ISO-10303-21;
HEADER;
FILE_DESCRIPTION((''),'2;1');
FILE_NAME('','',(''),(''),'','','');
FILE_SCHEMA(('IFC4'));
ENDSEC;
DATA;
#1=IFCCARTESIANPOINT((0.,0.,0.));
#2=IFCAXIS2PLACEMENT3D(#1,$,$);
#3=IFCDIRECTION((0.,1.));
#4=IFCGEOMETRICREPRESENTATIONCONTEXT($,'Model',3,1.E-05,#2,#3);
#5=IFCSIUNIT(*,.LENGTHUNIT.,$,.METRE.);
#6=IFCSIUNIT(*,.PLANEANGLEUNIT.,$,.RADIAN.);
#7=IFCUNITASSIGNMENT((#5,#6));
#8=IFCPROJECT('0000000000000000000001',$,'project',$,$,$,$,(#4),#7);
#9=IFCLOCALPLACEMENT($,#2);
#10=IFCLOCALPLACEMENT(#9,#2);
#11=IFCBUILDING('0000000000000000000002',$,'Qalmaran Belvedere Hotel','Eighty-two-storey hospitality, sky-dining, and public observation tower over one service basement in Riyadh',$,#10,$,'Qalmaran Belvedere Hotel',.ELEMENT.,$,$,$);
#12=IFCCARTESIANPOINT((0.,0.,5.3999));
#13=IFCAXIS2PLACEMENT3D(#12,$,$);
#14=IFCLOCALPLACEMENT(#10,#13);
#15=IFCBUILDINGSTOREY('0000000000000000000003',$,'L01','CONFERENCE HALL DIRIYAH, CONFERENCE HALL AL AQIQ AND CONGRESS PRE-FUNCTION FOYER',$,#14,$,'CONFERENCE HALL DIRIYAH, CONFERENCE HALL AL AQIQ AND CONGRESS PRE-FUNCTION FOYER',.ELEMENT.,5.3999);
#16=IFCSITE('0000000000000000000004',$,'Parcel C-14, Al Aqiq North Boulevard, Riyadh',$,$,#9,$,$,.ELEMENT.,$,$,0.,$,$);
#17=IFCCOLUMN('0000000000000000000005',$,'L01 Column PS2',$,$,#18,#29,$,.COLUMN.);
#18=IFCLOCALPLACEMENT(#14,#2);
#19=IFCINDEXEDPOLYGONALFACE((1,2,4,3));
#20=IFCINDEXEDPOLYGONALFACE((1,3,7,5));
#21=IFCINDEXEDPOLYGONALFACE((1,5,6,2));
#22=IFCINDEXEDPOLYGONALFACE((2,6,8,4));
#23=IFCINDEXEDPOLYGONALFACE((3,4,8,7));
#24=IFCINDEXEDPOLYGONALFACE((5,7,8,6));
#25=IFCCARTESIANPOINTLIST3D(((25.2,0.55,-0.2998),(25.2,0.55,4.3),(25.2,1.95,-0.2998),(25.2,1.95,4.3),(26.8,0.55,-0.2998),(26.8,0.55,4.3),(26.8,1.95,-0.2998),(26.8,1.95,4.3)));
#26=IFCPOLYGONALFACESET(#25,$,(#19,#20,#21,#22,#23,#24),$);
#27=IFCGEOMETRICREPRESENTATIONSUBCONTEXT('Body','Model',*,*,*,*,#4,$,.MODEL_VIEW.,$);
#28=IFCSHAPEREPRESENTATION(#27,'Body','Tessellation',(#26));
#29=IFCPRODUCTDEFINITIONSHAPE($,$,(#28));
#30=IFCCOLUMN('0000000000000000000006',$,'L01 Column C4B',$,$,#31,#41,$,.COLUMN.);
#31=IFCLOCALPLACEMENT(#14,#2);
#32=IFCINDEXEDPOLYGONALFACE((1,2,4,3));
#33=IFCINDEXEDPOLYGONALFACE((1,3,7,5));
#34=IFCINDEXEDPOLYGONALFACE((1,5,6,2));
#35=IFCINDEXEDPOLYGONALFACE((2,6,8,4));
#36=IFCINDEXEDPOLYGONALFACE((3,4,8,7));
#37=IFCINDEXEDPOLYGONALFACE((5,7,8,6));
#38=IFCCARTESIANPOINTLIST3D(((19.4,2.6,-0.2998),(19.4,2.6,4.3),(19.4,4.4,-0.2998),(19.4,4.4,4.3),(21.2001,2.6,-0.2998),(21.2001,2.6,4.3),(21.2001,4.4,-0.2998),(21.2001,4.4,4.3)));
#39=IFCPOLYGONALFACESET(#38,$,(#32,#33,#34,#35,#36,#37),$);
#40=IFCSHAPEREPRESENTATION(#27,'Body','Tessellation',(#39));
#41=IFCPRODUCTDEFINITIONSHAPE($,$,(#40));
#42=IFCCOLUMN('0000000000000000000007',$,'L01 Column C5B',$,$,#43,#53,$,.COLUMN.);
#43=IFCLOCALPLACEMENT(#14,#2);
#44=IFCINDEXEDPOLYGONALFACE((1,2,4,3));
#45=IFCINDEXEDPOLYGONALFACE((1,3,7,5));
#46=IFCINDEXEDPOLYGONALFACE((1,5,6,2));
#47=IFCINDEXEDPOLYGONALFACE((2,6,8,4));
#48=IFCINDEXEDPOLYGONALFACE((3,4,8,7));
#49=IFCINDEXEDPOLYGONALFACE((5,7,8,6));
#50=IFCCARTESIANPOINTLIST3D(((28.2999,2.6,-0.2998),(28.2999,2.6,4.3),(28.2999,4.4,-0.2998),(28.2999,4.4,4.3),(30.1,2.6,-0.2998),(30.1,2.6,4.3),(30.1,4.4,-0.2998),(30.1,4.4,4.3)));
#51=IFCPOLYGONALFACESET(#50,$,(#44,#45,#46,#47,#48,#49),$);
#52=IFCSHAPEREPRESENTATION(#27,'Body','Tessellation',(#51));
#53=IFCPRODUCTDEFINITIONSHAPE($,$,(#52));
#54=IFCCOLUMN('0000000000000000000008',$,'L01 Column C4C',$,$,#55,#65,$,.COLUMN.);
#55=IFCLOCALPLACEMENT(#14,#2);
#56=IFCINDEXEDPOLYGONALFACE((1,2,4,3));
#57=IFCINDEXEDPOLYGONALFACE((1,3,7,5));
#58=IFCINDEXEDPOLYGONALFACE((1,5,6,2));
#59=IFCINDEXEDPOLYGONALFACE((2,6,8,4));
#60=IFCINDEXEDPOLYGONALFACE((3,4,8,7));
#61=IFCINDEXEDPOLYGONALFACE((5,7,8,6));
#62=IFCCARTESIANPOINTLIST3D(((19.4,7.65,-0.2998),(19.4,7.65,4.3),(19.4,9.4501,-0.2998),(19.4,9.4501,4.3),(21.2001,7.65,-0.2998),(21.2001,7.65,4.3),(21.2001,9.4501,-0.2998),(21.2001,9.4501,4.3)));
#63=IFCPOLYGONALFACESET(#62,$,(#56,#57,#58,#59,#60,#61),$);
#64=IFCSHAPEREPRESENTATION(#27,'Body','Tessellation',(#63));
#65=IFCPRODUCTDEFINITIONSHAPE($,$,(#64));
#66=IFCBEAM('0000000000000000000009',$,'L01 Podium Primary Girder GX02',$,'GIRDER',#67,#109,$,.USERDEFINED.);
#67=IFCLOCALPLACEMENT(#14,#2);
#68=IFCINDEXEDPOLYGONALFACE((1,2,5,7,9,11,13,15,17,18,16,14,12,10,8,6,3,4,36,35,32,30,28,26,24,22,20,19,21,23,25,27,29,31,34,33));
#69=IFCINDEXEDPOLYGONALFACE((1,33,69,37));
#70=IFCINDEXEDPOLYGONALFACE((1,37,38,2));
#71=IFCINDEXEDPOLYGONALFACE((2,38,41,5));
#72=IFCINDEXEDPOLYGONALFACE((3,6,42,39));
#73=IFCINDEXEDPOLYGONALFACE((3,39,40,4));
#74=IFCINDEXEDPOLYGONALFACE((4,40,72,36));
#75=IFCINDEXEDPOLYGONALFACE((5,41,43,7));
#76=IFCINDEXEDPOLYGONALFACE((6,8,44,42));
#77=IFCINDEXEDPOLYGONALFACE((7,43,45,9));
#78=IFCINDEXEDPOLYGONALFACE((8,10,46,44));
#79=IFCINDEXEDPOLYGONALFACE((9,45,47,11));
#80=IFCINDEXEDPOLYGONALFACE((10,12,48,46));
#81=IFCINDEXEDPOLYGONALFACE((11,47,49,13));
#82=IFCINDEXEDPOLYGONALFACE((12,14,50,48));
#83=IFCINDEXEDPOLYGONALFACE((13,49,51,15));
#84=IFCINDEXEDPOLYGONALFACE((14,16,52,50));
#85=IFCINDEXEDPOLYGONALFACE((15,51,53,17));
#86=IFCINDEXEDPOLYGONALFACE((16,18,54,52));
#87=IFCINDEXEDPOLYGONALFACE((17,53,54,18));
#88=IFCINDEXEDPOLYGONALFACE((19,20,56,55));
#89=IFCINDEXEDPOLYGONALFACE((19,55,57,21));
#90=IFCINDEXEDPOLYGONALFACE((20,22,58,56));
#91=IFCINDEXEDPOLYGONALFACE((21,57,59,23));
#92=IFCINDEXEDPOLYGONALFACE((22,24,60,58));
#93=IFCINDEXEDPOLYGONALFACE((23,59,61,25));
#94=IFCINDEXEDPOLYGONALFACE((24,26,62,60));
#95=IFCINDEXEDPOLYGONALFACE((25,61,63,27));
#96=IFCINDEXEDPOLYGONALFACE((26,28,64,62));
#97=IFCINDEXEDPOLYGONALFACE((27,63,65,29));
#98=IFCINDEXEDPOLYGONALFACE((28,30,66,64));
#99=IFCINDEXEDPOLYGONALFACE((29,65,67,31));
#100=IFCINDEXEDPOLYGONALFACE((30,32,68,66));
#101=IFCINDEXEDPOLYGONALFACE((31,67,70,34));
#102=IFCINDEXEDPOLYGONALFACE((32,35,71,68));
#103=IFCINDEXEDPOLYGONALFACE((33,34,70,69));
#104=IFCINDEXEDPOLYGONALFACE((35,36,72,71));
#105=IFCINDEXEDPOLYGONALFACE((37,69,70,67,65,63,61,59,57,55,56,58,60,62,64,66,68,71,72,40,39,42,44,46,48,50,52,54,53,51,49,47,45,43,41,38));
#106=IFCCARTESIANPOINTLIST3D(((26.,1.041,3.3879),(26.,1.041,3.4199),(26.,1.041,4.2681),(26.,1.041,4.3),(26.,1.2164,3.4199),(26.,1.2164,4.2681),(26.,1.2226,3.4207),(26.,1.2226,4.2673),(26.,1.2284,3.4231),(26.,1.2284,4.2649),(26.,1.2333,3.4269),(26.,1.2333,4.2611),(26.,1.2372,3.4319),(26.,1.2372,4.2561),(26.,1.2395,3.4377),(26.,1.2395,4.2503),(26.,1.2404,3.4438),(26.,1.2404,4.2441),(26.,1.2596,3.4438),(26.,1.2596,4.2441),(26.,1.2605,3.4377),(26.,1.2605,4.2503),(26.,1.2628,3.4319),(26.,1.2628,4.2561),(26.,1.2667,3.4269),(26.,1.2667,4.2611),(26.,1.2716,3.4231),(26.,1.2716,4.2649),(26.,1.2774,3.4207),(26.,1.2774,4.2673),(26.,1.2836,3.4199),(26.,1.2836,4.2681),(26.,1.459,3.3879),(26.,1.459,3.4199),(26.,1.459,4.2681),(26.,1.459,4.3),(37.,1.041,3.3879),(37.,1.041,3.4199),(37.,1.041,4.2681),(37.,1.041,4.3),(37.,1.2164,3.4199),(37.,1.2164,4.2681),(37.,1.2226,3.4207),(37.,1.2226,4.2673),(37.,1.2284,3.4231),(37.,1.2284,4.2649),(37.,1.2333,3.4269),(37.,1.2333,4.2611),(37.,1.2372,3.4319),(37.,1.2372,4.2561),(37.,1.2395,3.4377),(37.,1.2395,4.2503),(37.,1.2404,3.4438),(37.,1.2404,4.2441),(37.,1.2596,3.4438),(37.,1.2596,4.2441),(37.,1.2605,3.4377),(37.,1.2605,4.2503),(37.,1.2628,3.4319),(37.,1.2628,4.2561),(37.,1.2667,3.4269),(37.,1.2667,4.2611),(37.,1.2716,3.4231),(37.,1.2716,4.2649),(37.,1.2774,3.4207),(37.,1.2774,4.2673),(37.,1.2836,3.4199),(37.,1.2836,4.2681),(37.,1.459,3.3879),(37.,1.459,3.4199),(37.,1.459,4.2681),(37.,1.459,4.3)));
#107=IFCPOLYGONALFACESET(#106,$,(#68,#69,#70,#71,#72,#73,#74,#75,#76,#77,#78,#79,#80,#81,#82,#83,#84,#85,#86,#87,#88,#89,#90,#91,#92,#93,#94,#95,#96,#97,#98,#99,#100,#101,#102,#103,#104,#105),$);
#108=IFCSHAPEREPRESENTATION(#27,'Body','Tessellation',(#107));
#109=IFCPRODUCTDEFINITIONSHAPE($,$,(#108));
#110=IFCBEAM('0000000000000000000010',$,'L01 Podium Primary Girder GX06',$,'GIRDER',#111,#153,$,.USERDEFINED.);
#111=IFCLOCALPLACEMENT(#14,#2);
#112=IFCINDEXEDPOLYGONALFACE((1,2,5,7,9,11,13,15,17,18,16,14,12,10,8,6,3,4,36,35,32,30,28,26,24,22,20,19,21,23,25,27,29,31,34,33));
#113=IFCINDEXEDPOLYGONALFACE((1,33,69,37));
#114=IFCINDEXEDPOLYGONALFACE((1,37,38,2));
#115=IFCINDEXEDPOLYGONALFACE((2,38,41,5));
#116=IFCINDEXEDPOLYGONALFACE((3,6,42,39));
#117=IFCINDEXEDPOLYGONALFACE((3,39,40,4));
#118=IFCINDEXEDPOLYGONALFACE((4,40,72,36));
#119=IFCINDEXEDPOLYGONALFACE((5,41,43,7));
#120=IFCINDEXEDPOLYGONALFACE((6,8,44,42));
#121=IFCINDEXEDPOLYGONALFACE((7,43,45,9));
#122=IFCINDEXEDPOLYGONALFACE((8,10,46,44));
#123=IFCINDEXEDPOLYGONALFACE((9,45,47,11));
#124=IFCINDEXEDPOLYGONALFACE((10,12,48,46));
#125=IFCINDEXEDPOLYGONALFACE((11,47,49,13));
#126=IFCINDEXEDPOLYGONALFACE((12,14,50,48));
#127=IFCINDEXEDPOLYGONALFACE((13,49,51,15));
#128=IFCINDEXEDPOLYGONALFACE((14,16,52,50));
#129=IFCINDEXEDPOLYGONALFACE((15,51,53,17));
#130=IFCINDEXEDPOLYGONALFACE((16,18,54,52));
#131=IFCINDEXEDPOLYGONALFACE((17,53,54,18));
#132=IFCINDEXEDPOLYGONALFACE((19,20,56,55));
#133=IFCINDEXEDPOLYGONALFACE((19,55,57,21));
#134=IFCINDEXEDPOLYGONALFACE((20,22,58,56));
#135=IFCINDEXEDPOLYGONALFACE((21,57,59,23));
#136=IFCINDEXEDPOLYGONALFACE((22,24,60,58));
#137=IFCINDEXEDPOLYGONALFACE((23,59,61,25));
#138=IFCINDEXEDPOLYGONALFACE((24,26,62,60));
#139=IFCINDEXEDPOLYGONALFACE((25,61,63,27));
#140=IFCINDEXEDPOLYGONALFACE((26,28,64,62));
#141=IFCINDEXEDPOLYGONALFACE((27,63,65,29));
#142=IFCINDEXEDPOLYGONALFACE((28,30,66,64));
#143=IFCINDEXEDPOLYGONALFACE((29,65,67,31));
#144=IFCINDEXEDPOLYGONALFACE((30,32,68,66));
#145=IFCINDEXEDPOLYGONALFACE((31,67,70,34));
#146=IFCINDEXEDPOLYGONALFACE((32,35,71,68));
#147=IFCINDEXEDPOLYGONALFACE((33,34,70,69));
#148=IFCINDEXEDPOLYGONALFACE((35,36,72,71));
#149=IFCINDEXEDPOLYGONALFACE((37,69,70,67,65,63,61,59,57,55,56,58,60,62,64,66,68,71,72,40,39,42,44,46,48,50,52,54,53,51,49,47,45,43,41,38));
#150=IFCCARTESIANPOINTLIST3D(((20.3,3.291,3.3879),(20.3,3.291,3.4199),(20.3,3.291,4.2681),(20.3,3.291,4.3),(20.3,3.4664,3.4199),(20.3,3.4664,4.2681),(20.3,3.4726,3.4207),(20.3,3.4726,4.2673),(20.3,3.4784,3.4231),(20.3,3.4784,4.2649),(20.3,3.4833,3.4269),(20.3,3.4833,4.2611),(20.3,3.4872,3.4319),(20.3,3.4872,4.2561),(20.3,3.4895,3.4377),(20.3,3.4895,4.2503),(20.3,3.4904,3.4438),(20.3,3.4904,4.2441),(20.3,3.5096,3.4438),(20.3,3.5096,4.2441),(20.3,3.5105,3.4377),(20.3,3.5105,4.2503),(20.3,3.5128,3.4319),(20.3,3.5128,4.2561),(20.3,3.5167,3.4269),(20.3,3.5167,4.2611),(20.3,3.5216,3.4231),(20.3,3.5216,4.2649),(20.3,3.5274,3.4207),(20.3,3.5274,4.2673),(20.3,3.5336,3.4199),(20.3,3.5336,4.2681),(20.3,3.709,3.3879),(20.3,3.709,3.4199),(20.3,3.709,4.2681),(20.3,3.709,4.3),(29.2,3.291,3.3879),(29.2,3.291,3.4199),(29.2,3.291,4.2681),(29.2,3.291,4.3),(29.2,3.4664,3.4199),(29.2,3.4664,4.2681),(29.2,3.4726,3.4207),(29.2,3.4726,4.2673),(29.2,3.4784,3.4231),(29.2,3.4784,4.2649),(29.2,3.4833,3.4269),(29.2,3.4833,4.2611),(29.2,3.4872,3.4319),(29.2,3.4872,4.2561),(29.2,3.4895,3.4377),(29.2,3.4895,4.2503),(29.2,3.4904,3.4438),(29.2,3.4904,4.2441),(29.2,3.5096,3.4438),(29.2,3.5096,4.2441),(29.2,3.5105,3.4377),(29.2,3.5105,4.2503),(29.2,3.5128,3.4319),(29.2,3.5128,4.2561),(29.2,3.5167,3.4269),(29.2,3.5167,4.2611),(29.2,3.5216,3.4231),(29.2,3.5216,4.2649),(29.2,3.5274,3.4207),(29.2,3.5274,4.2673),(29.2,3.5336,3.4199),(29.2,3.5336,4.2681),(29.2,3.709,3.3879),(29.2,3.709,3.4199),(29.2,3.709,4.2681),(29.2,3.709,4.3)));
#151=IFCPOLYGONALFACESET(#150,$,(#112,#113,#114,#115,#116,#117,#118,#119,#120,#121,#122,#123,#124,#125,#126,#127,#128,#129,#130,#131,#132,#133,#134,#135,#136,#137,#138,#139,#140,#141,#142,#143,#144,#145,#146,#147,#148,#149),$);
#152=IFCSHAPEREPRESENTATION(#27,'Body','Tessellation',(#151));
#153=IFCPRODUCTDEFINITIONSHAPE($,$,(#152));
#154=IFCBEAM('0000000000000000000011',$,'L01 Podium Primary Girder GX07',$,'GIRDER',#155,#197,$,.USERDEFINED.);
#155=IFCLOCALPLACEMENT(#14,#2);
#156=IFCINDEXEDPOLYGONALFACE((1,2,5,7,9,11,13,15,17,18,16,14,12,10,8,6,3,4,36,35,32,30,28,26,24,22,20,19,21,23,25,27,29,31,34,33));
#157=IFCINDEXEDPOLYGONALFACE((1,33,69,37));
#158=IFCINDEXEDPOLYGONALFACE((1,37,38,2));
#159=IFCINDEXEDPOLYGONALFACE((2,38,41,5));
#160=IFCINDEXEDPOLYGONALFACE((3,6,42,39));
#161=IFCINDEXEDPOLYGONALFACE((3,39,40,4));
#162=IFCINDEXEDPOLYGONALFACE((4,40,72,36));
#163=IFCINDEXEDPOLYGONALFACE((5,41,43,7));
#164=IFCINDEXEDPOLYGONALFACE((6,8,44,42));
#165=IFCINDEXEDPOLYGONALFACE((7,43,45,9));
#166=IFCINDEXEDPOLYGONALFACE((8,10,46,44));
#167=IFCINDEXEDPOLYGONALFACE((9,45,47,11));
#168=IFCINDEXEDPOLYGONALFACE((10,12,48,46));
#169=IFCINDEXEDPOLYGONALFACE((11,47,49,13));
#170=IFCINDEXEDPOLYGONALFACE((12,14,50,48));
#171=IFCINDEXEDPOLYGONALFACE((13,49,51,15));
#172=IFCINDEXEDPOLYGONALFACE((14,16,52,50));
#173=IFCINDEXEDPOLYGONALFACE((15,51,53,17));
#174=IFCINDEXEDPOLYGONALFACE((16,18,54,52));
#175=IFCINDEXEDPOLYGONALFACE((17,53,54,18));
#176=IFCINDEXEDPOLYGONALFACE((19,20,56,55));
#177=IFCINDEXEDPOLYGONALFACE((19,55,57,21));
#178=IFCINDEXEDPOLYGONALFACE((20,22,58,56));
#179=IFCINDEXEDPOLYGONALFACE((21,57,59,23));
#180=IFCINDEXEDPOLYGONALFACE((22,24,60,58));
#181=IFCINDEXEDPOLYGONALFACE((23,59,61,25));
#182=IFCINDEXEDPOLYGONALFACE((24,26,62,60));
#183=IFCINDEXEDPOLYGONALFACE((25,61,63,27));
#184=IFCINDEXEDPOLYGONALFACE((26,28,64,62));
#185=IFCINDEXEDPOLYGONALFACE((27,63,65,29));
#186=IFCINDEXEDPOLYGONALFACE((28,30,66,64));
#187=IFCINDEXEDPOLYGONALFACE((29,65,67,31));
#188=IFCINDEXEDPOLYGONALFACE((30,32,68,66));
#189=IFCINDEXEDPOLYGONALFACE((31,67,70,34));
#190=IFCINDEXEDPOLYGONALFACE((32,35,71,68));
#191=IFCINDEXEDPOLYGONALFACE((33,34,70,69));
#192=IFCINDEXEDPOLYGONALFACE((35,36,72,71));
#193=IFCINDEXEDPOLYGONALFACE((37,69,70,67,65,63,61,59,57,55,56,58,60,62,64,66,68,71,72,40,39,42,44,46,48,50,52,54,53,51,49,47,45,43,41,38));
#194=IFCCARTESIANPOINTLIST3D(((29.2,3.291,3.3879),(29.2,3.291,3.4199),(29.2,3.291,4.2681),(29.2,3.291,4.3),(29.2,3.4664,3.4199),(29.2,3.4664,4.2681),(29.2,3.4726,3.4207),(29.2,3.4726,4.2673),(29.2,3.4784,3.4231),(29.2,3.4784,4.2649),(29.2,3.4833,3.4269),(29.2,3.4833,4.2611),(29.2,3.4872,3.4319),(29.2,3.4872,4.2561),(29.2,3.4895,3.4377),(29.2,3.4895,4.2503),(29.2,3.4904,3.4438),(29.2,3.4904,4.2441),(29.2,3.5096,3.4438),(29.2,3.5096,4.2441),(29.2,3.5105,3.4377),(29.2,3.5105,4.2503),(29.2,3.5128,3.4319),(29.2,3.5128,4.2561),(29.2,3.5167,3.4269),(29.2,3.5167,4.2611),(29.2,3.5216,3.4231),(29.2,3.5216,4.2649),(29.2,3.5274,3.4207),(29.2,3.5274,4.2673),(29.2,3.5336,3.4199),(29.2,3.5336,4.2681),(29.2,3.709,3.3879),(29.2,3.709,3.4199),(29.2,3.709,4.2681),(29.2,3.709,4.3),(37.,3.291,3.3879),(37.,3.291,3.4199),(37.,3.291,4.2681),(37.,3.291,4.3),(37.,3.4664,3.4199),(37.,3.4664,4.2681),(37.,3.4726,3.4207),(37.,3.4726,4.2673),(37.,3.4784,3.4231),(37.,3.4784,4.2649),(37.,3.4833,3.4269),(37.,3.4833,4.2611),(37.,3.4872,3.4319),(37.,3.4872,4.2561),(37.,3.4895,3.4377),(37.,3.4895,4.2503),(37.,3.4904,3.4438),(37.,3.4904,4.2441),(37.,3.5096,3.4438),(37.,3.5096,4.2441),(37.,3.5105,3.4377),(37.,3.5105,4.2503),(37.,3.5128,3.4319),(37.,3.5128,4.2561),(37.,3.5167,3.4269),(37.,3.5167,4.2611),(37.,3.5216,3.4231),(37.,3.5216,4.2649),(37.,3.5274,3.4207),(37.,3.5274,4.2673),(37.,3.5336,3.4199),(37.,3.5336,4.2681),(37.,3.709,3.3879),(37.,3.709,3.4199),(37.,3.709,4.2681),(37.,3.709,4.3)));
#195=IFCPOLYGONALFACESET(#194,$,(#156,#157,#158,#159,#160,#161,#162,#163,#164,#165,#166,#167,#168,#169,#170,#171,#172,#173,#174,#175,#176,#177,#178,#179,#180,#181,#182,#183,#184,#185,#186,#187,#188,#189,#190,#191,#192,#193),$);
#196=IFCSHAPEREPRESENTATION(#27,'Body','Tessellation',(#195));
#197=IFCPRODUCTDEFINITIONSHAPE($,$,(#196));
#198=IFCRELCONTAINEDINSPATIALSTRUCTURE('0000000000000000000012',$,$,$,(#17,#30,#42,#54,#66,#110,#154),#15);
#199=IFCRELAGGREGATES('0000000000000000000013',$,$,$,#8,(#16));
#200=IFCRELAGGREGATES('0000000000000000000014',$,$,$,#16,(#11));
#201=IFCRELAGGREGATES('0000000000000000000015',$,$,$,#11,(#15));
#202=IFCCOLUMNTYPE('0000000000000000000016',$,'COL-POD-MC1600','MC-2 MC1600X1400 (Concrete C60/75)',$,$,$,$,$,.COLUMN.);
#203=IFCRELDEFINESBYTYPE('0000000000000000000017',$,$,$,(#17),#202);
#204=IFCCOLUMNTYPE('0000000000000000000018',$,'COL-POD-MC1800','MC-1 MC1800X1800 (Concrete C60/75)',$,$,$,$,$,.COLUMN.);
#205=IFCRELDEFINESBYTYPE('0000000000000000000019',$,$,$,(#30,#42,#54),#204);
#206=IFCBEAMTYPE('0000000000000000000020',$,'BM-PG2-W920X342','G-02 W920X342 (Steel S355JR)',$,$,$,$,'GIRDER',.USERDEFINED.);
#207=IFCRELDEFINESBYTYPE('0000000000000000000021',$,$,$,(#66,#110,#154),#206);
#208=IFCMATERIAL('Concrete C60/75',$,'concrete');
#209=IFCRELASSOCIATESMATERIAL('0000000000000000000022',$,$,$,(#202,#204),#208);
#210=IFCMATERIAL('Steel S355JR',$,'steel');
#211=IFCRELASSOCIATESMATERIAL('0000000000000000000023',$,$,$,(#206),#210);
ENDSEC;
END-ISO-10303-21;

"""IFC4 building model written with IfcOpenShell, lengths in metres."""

from ifc_helpers import new_model, si_unit, direction, frame, origin, origin_2d, place, context, subcontext, project, spatial, rectangle, i_section, extrude, material, material_profile, profile_set, type_object, element, save


model = new_model("IFC4")

# Units and contexts
model_context = context("Model", 3, precision=1e-05, world=origin(), true_north=direction((0.0, 1.0)))
body_context = subcontext(model_context, "Body", "Model", "MODEL_VIEW")
ifc_project = project(units=[si_unit("LENGTHUNIT", "METRE"), si_unit("PLANEANGLEUNIT", "RADIAN")], contexts=[model_context])

# Site, building, storey
site_placement = place(None, origin())
site = spatial("IfcSite", under=ifc_project, at=site_placement, Name="Parcel C-14, Al Aqiq North Boulevard, Riyadh", CompositionType="ELEMENT", RefElevation=0.0)
building_placement = place(site_placement, origin())
building = spatial("IfcBuilding", under=site, at=building_placement, Name="Qalmaran Belvedere Hotel", Description="Eighty-two-storey hospitality, sky-dining, and public observation tower over one service basement in Riyadh", LongName="Qalmaran Belvedere Hotel", CompositionType="ELEMENT")
storey_placement = place(building_placement, frame((0.0, 0.0, 5.3999)))
storey = spatial("IfcBuildingStorey", under=building, at=storey_placement, Name="L01", Description="CONFERENCE HALL DIRIYAH, CONFERENCE HALL AL AQIQ AND CONGRESS PRE-FUNCTION FOYER", LongName="CONFERENCE HALL DIRIYAH, CONFERENCE HALL AL AQIQ AND CONGRESS PRE-FUNCTION FOYER", CompositionType="ELEMENT", Elevation=5.3999)

# Columns
ifc_material_1 = material(Name="Concrete C60/75", Category="concrete")
ifc_material_profile_1 = material_profile(ifc_material_1, rectangle(XDim=1.6001, YDim=1.3999, at=origin_2d()), Name="MC1600X1400")
ifc_profile_set_1 = profile_set([ifc_material_profile_1], Name="Concrete C60/75")
column_type_1 = type_object("IfcColumnType", Name="COL-POD-MC1600", Description="MC-2 MC1600X1400 (Concrete C60/75)", PredefinedType="COLUMN", material=ifc_profile_set_1)
column_placement = place(storey_placement, frame((26.0, 1.25, -0.2998), z_axis=(0.0, 0.0, 1.0), x_axis=(1.0, 0.0, 0.0)))
element("IfcColumn", 1, at=column_placement, inside=storey, type_object=column_type_1, Name="L01 Column PS2", PredefinedType="COLUMN", context=body_context, shape_type="SweptSolid", body=[
    extrude(rectangle(XDim=1.6001, YDim=1.3999, at=origin_2d()), origin(), (0.0, 0.0, 1.0), 4.5999),
])
ifc_material_profile_2 = material_profile(ifc_material_1, rectangle(XDim=1.8, YDim=1.8, at=origin_2d()), Name="MC1800X1800")
ifc_profile_set_2 = profile_set([ifc_material_profile_2], Name="Concrete C60/75")
column_type_2 = type_object("IfcColumnType", Name="COL-POD-MC1800", Description="MC-1 MC1800X1800 (Concrete C60/75)", PredefinedType="COLUMN", material=ifc_profile_set_2)
for number, where, z_axis, x_axis, name in (
    (2, (20.3, 3.5, -0.2998), (0.0, 0.0, 1.0), (1.0, 0.0, 0.0), "L01 Column C4B"),
    (3, (29.2, 3.5, -0.2998), (0.0, 0.0, 1.0), (1.0, 0.0, 0.0), "L01 Column C5B"),
    (4, (20.3, 8.55, -0.2998), (0.0, 0.0, 1.0), (1.0, 0.0, 0.0), "L01 Column C4C"),
):
    element("IfcColumn", number, at=place(storey_placement, frame(where, z_axis=z_axis, x_axis=x_axis)), inside=storey, type_object=column_type_2, Name=name, PredefinedType="COLUMN", context=body_context, shape_type="SweptSolid", body=[
        extrude(rectangle(XDim=1.8, YDim=1.8, at=origin_2d()), origin(), (0.0, 0.0, 1.0), 4.5999),
    ])

# Beams
ifc_material_2 = material(Name="Steel S355JR", Category="steel")
ifc_material_profile_3 = material_profile(ifc_material_2, i_section(OverallWidth=0.418, OverallDepth=0.9121, WebThickness=0.0193, FlangeThickness=0.032, FilletRadius=0.0239, at=origin_2d()), Name="W920X342")
ifc_profile_set_3 = profile_set([ifc_material_profile_3], Name="Steel S355JR")
beam_type_1 = type_object("IfcBeamType", Name="BM-PG2-W920X342", Description="G-02 W920X342 (Steel S355JR)", ElementType="GIRDER", PredefinedType="USERDEFINED", material=ifc_profile_set_3)
beam_1_placement = place(storey_placement, frame((26.0, 1.25, 3.844), z_axis=(1.0, 0.0, 0.0), x_axis=(0.0, 1.0, 0.0)))
element("IfcBeam", 5, at=beam_1_placement, inside=storey, type_object=beam_type_1, Name="L01 Podium Primary Girder GX02", ObjectType="GIRDER", PredefinedType="USERDEFINED", context=body_context, shape_type="SweptSolid", body=[
    extrude(i_section(OverallWidth=0.418, OverallDepth=0.9121, WebThickness=0.0193, FlangeThickness=0.032, FilletRadius=0.0239, at=origin_2d()), origin(), (0.0, 0.0, 1.0), 11.0),
])
beam_2_placement = place(storey_placement, frame((20.3, 3.5, 3.844), z_axis=(1.0, 0.0, 0.0), x_axis=(0.0, 1.0, 0.0)))
element("IfcBeam", 6, at=beam_2_placement, inside=storey, type_object=beam_type_1, Name="L01 Podium Primary Girder GX06", ObjectType="GIRDER", PredefinedType="USERDEFINED", context=body_context, shape_type="SweptSolid", body=[
    extrude(i_section(OverallWidth=0.418, OverallDepth=0.9121, WebThickness=0.0193, FlangeThickness=0.032, FilletRadius=0.0239, at=origin_2d()), origin(), (0.0, 0.0, 1.0), 8.8999),
])
beam_3_placement = place(storey_placement, frame((29.2, 3.5, 3.844), z_axis=(1.0, 0.0, 0.0), x_axis=(0.0, 1.0, 0.0)))
element("IfcBeam", 7, at=beam_3_placement, inside=storey, type_object=beam_type_1, Name="L01 Podium Primary Girder GX07", ObjectType="GIRDER", PredefinedType="USERDEFINED", context=body_context, shape_type="SweptSolid", body=[
    extrude(i_section(OverallWidth=0.418, OverallDepth=0.9121, WebThickness=0.0193, FlangeThickness=0.032, FilletRadius=0.0239, at=origin_2d()), origin(), (0.0, 0.0, 1.0), 7.8),
])

save(model, "model.ifc")
